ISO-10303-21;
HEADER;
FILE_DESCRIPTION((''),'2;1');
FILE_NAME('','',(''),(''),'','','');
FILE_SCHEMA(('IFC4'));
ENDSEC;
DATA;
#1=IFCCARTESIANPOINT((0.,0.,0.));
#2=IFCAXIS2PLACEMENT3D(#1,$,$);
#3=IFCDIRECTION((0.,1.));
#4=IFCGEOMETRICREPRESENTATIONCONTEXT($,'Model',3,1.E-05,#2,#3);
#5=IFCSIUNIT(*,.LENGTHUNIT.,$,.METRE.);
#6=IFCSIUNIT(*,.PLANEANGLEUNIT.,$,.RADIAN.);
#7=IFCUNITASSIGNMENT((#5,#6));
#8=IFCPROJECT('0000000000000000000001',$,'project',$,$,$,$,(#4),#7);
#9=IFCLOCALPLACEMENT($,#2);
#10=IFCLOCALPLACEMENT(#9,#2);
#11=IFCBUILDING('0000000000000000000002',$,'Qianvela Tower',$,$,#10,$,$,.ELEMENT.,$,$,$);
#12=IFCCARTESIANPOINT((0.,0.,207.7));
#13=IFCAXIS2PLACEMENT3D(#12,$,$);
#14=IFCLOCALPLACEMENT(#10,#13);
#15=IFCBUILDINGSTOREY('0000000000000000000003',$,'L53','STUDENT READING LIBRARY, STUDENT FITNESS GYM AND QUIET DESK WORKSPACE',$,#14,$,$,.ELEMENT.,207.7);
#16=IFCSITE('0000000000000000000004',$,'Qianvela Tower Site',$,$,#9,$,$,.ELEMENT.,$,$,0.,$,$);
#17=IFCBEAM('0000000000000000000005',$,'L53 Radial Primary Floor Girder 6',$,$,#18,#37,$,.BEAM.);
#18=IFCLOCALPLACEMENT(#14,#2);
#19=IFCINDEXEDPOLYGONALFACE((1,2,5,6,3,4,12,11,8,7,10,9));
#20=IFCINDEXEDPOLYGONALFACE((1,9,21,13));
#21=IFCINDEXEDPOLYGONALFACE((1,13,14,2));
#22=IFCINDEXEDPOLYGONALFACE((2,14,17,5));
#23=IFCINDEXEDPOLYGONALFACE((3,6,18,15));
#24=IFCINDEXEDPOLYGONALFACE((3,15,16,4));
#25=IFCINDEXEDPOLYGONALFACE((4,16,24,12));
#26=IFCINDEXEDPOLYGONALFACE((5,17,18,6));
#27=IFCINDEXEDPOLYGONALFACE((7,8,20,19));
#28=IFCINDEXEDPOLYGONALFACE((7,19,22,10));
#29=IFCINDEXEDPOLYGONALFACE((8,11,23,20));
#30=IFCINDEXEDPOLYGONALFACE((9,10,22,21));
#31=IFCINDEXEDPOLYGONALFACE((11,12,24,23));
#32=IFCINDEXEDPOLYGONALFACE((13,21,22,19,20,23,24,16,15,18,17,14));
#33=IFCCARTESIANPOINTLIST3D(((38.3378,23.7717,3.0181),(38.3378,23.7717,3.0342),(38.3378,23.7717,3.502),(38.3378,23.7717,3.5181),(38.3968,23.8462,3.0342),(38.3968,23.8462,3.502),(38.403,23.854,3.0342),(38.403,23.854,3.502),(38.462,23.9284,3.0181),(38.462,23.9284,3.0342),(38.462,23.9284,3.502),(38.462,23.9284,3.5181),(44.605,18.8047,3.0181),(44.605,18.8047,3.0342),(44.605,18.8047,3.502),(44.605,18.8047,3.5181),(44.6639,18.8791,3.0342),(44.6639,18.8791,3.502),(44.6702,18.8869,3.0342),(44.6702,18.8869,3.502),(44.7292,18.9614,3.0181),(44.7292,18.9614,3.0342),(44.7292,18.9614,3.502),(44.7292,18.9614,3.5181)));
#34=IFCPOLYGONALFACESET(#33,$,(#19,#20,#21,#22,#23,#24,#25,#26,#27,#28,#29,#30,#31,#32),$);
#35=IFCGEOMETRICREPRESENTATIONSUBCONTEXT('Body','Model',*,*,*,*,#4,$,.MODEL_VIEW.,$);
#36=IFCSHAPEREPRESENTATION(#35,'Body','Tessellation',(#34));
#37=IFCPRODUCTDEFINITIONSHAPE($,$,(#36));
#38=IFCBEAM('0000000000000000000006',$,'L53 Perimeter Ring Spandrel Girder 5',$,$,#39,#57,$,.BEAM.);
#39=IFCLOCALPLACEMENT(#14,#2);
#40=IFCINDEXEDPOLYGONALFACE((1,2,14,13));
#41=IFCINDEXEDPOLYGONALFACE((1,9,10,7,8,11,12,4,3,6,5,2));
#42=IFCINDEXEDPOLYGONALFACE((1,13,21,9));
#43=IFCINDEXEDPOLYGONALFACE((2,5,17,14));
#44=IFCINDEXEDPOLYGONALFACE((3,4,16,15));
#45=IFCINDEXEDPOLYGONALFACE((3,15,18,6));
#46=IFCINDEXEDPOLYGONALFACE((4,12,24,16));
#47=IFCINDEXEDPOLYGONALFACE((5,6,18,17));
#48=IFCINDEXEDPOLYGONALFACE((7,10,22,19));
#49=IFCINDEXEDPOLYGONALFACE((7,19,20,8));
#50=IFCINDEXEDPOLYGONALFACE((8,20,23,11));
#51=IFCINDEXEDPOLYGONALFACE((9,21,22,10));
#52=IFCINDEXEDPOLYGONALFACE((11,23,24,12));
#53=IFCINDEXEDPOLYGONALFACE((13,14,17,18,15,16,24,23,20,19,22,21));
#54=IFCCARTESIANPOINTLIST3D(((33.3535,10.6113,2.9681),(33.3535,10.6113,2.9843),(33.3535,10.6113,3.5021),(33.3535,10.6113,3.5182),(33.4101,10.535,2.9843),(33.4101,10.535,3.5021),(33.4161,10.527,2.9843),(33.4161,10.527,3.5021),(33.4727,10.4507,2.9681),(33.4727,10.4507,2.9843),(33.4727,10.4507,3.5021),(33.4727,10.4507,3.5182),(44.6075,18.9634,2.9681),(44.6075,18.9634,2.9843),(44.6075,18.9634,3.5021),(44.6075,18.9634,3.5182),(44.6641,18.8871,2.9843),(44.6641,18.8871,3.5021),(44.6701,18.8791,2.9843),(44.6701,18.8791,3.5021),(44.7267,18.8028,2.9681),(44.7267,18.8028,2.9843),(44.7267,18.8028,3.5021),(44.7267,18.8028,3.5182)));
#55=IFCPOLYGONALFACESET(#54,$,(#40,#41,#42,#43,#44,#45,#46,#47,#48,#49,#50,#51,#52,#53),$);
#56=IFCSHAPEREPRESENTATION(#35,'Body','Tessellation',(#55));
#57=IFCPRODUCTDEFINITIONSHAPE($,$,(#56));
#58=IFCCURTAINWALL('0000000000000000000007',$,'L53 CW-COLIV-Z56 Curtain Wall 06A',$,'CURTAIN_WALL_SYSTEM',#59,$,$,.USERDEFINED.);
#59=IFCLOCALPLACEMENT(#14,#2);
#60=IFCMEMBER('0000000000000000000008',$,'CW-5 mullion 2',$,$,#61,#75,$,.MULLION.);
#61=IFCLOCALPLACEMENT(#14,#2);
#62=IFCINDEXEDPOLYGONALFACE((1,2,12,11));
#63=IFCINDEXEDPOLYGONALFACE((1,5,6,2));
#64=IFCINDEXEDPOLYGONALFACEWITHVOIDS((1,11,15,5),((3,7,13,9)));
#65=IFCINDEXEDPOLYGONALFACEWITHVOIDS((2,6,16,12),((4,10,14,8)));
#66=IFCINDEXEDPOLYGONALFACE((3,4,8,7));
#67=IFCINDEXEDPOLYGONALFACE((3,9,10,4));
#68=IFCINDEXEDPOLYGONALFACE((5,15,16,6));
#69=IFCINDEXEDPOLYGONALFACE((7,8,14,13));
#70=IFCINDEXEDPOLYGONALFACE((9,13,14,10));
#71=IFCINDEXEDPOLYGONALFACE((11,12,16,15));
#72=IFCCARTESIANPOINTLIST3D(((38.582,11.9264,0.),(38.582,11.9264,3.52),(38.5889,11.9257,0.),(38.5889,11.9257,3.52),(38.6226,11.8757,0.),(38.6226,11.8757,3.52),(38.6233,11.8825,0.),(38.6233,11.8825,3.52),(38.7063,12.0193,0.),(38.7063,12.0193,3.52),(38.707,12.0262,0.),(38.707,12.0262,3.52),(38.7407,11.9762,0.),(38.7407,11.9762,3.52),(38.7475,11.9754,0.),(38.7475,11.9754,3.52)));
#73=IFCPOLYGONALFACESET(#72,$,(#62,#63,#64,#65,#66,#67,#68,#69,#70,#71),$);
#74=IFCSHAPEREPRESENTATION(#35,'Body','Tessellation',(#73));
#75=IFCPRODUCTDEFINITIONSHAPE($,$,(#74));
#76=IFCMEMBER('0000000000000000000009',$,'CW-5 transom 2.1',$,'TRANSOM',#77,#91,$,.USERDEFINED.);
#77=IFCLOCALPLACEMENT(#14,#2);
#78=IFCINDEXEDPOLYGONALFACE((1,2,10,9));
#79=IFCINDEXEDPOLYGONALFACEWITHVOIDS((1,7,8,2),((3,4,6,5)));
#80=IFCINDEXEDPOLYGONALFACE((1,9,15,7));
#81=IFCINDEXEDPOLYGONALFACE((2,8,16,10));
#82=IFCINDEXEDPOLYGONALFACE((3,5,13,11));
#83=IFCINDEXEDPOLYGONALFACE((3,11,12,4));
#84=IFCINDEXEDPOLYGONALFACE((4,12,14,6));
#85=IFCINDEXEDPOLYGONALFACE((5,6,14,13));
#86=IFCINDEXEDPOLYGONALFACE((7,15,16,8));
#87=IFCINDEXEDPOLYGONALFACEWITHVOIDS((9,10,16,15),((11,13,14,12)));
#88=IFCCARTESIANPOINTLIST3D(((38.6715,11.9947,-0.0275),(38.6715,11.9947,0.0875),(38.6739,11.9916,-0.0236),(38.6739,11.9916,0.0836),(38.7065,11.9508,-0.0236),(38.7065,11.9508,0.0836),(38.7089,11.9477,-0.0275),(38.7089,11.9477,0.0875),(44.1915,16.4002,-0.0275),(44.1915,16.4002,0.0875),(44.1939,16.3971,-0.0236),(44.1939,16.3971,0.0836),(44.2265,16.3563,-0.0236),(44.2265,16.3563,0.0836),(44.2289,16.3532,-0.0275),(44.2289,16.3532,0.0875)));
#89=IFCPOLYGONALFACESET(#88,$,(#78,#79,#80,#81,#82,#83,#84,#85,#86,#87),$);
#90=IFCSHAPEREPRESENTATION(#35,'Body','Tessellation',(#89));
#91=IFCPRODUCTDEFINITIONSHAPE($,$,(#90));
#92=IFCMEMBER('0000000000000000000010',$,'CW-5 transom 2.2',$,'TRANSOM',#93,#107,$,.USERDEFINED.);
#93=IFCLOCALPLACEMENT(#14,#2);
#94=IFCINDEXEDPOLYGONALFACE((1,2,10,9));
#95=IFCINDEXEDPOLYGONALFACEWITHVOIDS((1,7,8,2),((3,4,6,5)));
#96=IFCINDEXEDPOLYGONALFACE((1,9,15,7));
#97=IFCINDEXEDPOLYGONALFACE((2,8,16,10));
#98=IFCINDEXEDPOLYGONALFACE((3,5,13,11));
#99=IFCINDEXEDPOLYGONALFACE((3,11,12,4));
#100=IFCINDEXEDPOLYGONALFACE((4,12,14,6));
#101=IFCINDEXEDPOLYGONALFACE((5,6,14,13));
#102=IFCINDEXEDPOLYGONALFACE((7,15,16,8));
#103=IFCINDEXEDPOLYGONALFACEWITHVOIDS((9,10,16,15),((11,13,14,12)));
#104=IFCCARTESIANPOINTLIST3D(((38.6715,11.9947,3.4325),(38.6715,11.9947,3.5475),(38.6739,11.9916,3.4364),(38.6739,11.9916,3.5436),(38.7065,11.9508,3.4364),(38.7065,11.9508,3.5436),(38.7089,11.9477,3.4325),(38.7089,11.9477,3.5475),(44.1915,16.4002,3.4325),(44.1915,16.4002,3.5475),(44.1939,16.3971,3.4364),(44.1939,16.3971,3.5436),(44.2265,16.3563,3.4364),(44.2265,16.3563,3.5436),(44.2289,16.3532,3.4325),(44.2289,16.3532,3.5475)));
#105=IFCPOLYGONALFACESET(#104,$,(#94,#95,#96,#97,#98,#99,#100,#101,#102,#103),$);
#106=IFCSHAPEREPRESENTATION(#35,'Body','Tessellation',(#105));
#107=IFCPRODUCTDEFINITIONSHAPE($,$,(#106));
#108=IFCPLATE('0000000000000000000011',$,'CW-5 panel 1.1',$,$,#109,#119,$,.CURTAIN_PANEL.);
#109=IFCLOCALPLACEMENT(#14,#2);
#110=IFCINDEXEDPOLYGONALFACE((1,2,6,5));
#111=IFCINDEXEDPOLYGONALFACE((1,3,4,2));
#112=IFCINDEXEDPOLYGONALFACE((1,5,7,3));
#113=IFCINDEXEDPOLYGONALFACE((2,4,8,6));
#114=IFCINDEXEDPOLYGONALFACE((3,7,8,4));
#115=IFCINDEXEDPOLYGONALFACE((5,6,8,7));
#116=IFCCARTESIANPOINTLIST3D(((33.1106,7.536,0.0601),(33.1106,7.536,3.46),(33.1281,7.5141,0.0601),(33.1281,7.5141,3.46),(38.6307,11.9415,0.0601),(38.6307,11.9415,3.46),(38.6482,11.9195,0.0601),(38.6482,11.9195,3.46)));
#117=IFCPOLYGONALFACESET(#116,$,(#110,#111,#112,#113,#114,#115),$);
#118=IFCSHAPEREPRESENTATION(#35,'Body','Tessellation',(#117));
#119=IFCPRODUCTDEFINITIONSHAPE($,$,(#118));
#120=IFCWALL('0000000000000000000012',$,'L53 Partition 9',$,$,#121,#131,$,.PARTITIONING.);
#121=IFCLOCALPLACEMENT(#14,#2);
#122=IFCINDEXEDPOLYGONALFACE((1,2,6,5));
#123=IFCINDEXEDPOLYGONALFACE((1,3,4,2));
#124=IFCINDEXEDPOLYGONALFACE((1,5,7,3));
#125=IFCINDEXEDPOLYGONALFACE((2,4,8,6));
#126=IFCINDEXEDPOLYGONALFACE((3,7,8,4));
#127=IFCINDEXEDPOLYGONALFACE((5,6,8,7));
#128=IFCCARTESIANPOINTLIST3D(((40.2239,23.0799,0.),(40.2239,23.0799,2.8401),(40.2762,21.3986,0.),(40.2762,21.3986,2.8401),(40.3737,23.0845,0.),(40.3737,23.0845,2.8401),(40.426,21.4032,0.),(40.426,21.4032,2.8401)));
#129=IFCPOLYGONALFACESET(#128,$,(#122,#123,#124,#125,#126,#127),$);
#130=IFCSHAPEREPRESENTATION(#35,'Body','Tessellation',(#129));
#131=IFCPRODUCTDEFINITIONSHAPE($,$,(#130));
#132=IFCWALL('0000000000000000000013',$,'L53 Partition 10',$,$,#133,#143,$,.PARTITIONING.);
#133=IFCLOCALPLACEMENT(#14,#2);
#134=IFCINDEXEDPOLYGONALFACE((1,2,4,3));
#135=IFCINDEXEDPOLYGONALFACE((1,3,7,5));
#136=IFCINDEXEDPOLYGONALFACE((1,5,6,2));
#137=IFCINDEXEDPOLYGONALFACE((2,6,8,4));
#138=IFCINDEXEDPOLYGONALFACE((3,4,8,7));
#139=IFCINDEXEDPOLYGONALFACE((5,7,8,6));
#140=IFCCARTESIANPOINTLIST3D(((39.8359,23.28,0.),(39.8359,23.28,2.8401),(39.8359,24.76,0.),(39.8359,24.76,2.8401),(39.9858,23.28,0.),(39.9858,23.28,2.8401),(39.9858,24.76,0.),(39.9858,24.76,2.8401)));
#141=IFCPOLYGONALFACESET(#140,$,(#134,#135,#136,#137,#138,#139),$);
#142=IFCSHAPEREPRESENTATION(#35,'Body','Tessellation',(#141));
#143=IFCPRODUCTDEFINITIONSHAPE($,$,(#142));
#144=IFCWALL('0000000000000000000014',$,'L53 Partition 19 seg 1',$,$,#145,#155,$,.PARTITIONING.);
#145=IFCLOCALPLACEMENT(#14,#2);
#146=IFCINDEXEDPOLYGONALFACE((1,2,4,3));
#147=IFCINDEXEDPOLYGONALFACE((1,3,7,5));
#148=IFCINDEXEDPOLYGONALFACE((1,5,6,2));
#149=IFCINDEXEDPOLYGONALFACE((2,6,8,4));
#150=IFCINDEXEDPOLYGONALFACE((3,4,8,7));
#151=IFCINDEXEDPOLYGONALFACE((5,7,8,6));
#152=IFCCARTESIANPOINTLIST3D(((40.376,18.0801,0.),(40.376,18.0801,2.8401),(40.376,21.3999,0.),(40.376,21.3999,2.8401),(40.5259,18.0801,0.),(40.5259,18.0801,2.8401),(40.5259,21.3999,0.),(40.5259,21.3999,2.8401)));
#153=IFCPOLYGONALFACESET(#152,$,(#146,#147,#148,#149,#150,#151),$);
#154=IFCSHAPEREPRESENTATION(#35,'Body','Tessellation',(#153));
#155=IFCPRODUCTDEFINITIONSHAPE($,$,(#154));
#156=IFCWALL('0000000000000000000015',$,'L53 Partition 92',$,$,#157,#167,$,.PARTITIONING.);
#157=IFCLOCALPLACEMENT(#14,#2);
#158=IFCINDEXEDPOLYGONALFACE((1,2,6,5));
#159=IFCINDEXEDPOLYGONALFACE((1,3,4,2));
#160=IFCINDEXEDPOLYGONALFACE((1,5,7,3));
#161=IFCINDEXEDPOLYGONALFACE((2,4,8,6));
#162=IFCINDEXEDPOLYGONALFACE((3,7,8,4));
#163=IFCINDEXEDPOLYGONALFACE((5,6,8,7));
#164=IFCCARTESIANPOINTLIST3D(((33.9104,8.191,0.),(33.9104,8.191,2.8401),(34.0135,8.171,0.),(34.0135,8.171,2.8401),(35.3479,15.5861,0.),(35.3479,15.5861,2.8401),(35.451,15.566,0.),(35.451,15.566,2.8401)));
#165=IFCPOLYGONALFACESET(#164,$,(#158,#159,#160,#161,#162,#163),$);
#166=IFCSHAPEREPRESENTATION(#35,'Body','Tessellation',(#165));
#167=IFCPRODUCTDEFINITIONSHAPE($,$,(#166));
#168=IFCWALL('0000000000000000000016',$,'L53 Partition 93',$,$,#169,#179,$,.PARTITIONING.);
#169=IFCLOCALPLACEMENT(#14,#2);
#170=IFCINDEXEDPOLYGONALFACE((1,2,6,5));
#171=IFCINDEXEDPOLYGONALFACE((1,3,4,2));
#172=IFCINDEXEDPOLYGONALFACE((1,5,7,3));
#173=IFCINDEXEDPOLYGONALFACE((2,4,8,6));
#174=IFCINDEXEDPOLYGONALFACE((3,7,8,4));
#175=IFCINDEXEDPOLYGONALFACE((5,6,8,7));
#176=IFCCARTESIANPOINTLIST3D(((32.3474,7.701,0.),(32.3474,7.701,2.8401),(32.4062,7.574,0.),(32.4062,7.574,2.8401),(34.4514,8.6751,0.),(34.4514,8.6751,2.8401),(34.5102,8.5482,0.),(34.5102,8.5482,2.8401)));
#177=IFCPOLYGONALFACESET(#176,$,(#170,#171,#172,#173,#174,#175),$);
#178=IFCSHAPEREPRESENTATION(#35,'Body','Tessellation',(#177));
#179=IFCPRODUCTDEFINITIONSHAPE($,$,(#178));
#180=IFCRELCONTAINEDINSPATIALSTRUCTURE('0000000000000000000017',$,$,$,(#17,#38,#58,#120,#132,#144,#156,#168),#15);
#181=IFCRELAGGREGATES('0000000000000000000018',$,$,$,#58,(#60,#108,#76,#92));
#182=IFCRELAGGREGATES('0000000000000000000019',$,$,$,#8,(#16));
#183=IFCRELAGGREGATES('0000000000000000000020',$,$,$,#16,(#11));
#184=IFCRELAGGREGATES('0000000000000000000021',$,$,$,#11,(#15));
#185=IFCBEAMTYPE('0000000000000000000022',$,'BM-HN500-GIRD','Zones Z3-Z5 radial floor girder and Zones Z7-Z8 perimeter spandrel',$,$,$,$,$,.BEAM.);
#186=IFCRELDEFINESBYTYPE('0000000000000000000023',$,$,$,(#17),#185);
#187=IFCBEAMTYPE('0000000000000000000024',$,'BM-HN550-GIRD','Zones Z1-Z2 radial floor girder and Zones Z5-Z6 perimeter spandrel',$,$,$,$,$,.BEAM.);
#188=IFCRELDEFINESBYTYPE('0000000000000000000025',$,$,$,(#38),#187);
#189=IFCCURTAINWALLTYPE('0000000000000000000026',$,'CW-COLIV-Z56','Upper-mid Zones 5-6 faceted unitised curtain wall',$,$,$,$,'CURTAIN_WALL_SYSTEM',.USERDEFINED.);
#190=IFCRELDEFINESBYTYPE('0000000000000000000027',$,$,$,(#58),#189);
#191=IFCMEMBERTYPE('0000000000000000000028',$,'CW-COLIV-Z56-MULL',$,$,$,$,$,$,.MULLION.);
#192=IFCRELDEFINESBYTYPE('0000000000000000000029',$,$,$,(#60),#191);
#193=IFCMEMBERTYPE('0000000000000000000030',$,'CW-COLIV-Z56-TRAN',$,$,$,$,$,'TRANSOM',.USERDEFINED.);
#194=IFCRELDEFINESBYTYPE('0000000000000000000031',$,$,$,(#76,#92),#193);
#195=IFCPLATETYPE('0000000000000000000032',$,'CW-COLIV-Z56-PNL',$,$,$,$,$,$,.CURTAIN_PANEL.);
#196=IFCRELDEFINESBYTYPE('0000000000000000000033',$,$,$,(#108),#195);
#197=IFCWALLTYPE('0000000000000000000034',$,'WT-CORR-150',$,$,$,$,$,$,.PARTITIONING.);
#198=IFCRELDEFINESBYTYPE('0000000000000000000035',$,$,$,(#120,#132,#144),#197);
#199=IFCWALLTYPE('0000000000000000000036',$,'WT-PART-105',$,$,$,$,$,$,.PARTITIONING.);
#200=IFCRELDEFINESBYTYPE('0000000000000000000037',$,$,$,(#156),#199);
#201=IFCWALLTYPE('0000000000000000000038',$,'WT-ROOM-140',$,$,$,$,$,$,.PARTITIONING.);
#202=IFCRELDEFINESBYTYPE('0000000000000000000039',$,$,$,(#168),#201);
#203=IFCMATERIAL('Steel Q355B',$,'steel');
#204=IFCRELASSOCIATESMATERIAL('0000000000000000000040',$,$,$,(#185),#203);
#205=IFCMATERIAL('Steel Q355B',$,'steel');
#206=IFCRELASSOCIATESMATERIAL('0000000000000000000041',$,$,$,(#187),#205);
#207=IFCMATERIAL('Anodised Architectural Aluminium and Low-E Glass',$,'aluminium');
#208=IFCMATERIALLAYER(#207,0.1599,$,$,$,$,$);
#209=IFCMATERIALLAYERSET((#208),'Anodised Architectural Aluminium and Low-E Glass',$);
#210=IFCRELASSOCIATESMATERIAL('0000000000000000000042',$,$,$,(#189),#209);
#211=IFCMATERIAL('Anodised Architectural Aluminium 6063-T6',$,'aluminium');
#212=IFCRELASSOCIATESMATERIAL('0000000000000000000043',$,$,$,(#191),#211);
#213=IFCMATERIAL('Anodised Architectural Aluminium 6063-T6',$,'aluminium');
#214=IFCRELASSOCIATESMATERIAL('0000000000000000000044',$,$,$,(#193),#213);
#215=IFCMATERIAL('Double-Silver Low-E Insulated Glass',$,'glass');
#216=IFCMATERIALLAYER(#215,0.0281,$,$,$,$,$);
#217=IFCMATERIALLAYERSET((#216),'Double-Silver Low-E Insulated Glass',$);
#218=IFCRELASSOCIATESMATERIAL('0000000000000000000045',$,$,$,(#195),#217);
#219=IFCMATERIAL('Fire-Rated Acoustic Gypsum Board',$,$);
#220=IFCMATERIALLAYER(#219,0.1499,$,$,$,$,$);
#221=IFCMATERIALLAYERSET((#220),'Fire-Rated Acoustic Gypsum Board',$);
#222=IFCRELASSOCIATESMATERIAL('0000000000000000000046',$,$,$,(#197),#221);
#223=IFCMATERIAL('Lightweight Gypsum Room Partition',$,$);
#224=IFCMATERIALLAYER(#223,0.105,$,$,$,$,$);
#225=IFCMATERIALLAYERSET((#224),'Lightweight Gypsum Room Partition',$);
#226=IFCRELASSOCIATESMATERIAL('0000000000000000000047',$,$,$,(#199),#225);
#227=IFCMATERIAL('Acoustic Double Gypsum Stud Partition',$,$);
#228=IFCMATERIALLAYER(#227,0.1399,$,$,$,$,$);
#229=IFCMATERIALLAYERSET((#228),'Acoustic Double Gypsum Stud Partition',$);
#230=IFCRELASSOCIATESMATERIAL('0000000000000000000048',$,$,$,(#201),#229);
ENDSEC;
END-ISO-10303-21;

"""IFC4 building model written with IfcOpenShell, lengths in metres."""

from ifc_helpers import new_model, si_unit, direction, frame, frame_2d, origin, origin_2d, place, context, subcontext, project, spatial, rectangle, hollow_rectangle, i_section, extrude, material, layer, layer_set, material_profile, profile_set, type_object, element, aggregate, save


model = new_model("IFC4")

# Units and contexts
model_context = context("Model", 3, precision=1e-05, world=origin(), true_north=direction((0.0, 1.0)))
body_context = subcontext(model_context, "Body", "Model", "MODEL_VIEW")
ifc_project = project(units=[si_unit("LENGTHUNIT", "METRE"), si_unit("PLANEANGLEUNIT", "RADIAN")], contexts=[model_context])

# Site, building, storey
site_placement = place(None, origin())
site = spatial("IfcSite", under=ifc_project, at=site_placement, Name="Qianvela Tower Site", CompositionType="ELEMENT", RefElevation=0.0)
building_placement = place(site_placement, origin())
building = spatial("IfcBuilding", under=site, at=building_placement, Name="Qianvela Tower", CompositionType="ELEMENT")
storey_placement = place(building_placement, frame((0.0, 0.0, 207.7)))
storey = spatial("IfcBuildingStorey", under=building, at=storey_placement, Name="L53", Description="STUDENT READING LIBRARY, STUDENT FITNESS GYM AND QUIET DESK WORKSPACE", CompositionType="ELEMENT", Elevation=207.7)

# Beams
ifc_material_1 = material(Name="Steel Q355B", Category="steel")
ifc_material_profile_1 = material_profile(ifc_material_1, i_section(OverallWidth=0.2, OverallDepth=0.5, WebThickness=0.01, FlangeThickness=0.0161, at=origin_2d()), Name="HN500x200x10x16")
ifc_profile_set_1 = profile_set([ifc_material_profile_1], Name="Steel Q355B")
beam_type_1 = type_object("IfcBeamType", Name="BM-HN500-GIRD", Description="Zones Z3-Z5 radial floor girder and Zones Z7-Z8 perimeter spandrel", PredefinedType="BEAM", material=ifc_profile_set_1)
beam_1_placement = place(storey_placement, frame((38.3999, 23.8501, 3.2681), z_axis=(0.783705, -0.621133, 0.0), x_axis=(0.621133, 0.783705, 0.0)))
element("IfcBeam", 1, at=beam_1_placement, inside=storey, type_object=beam_type_1, Name="L53 Radial Primary Floor Girder 6", PredefinedType="BEAM", context=body_context, shape_type="SweptSolid", body=[
    extrude(i_section(OverallWidth=0.2, OverallDepth=0.5, WebThickness=0.01, FlangeThickness=0.0161, at=origin_2d()), origin(), (0.0, 0.0, 1.0), 7.9968),
])
ifc_material_2 = material(Name="Steel Q355B", Category="steel")
ifc_material_profile_2 = material_profile(ifc_material_2, i_section(OverallWidth=0.2, OverallDepth=0.55, WebThickness=0.01, FlangeThickness=0.0161, at=origin_2d()), Name="HN550x200x10x16")
ifc_profile_set_2 = profile_set([ifc_material_profile_2], Name="Steel Q355B")
beam_type_2 = type_object("IfcBeamType", Name="BM-HN550-GIRD", Description="Zones Z1-Z2 radial floor girder and Zones Z5-Z6 perimeter spandrel", PredefinedType="BEAM", material=ifc_profile_set_2)
beam_2_placement = place(storey_placement, frame((33.4131, 10.531, 3.2432), z_axis=(0.803017, 0.595956, 0.0), x_axis=(-0.595956, 0.803017, 0.0)))
element("IfcBeam", 2, at=beam_2_placement, inside=storey, type_object=beam_type_2, Name="L53 Perimeter Ring Spandrel Girder 5", PredefinedType="BEAM", context=body_context, shape_type="SweptSolid", body=[
    extrude(i_section(OverallWidth=0.2, OverallDepth=0.55, WebThickness=0.01, FlangeThickness=0.0161, at=origin_2d()), origin(), (0.0, 0.0, 1.0), 14.0146),
])

# Curtain wall, members, plate
ifc_material_3 = material(Name="Anodised Architectural Aluminium and Low-E Glass", Category="aluminium")
ifc_layer_1 = layer(ifc_material_3, 0.1599)
ifc_layer_set_1 = layer_set([ifc_layer_1], Name="Anodised Architectural Aluminium and Low-E Glass")
curtain_wall_type = type_object("IfcCurtainWallType", Name="CW-COLIV-Z56", Description="Upper-mid Zones 5-6 faceted unitised curtain wall", ElementType="CURTAIN_WALL_SYSTEM", PredefinedType="USERDEFINED", material=ifc_layer_set_1)
curtain_wall_placement = place(storey_placement, origin())
curtain_wall = element("IfcCurtainWall", 3, at=curtain_wall_placement, inside=storey, type_object=curtain_wall_type, Name="L53 CW-COLIV-Z56 Curtain Wall 06A", ObjectType="CURTAIN_WALL_SYSTEM", PredefinedType="USERDEFINED")
ifc_material_4 = material(Name="Anodised Architectural Aluminium 6063-T6", Category="aluminium")
ifc_material_profile_3 = material_profile(ifc_material_4, hollow_rectangle(XDim=0.0649, YDim=0.1599, WallThickness=0.0049, at=origin_2d()), Name="ALU-MULL-65x160")
ifc_profile_set_3 = profile_set([ifc_material_profile_3], Name="Anodised Architectural Aluminium 6063-T6")
member_type_1 = type_object("IfcMemberType", Name="CW-COLIV-Z56-MULL", PredefinedType="MULLION", material=ifc_profile_set_3)
member_1_placement = place(storey_placement, frame((38.6648, 11.9509, 0.0), z_axis=(0.0, 0.0, 1.0), x_axis=(-0.623783, 0.781597, 0.0)))
member_1 = element("IfcMember", 4, at=member_1_placement, type_object=member_type_1, Name="CW-5 mullion 2", PredefinedType="MULLION", context=body_context, shape_type="SweptSolid", body=[
    extrude(hollow_rectangle(XDim=0.0649, YDim=0.1599, WallThickness=0.0049, at=origin_2d()), origin(), (0.0, 0.0, 1.0), 3.52),
])
ifc_material_5 = material(Name="Anodised Architectural Aluminium 6063-T6", Category="aluminium")
ifc_material_profile_4 = material_profile(ifc_material_5, hollow_rectangle(XDim=0.0601, YDim=0.115, WallThickness=0.0039, at=origin_2d()), Name="ALU-TRAN-60x115")
ifc_profile_set_4 = profile_set([ifc_material_profile_4], Name="Anodised Architectural Aluminium 6063-T6")
member_type_2 = type_object("IfcMemberType", Name="CW-COLIV-Z56-TRAN", ElementType="TRANSOM", PredefinedType="USERDEFINED", material=ifc_profile_set_4)
member_2_placement = place(storey_placement, frame((38.6902, 11.9712, 0.03), z_axis=(0.781593, 0.623788, 0.0), x_axis=(-0.623788, 0.781593, 0.0)))
member_2 = element("IfcMember", 5, at=member_2_placement, type_object=member_type_2, Name="CW-5 transom 2.1", ObjectType="TRANSOM", PredefinedType="USERDEFINED", context=body_context, shape_type="SweptSolid", body=[
    extrude(hollow_rectangle(XDim=0.0601, YDim=0.115, WallThickness=0.0039, at=origin_2d()), origin(), (0.0, 0.0, 1.0), 7.0625),
])
member_3_placement = place(storey_placement, frame((38.6902, 11.9712, 3.49), z_axis=(0.781593, 0.623788, 0.0), x_axis=(-0.623788, 0.781593, 0.0)))
member_3 = element("IfcMember", 6, at=member_3_placement, type_object=member_type_2, Name="CW-5 transom 2.2", ObjectType="TRANSOM", PredefinedType="USERDEFINED", context=body_context, shape_type="SweptSolid", body=[
    extrude(hollow_rectangle(XDim=0.0601, YDim=0.115, WallThickness=0.0039, at=origin_2d()), origin(), (0.0, 0.0, 1.0), 7.0625),
])
ifc_material_6 = material(Name="Double-Silver Low-E Insulated Glass", Category="glass")
ifc_layer_2 = layer(ifc_material_6, 0.0281)
ifc_layer_set_2 = layer_set([ifc_layer_2], Name="Double-Silver Low-E Insulated Glass")
plate_type = type_object("IfcPlateType", Name="CW-COLIV-Z56-PNL", PredefinedType="CURTAIN_PANEL", material=ifc_layer_set_2)
plate_placement = place(storey_placement, frame((35.8794, 9.7278, 0.0601), z_axis=(0.0, 0.0, 1.0), x_axis=(0.781597, 0.623783, 0.0)))
plate = element("IfcPlate", 7, at=plate_placement, type_object=plate_type, Name="CW-5 panel 1.1", PredefinedType="CURTAIN_PANEL", context=body_context, shape_type="SweptSolid", body=[
    extrude(rectangle(XDim=7.0625, YDim=0.0281, at=origin_2d()), origin(), (0.0, 0.0, 1.0), 3.3999),
])
aggregate(curtain_wall, [member_1, plate, member_2, member_3])

# Shared definitions
ifc_material_7 = material(Name="Fire-Rated Acoustic Gypsum Board")
ifc_layer_3 = layer(ifc_material_7, 0.1499)
ifc_layer_set_3 = layer_set([ifc_layer_3], Name="Fire-Rated Acoustic Gypsum Board")
wall_type_1 = type_object("IfcWallType", Name="WT-CORR-150", PredefinedType="PARTITIONING", material=ifc_layer_set_3)

# Walls
wall_1_placement = place(storey_placement, frame((40.3511, 21.4009, 0.0), z_axis=(0.0, 0.0, 1.0), x_axis=(-0.031058, 0.999518, 0.0)))
element("IfcWall", 8, at=wall_1_placement, inside=storey, type_object=wall_type_1, Name="L53 Partition 9", PredefinedType="PARTITIONING", context=body_context, shape_type="SweptSolid", body=[
    extrude(rectangle(XDim=1.6821, YDim=0.1499, at=frame_2d((0.8411, 0.0))), origin(), (0.0, 0.0, 1.0), 2.8401),
])
wall_2_placement = place(storey_placement, frame((39.9109, 23.28, 0.0), z_axis=(0.0, 0.0, 1.0), x_axis=(0.0, 1.0, 0.0)))
element("IfcWall", 9, at=wall_2_placement, inside=storey, type_object=wall_type_1, Name="L53 Partition 10", PredefinedType="PARTITIONING", context=body_context, shape_type="SweptSolid", body=[
    extrude(rectangle(XDim=1.48, YDim=0.1499, at=frame_2d((0.74, 0.0))), origin(), (0.0, 0.0, 1.0), 2.8401),
])
wall_3_placement = place(storey_placement, frame((40.4509, 18.0801, 0.0), z_axis=(0.0, 0.0, 1.0), x_axis=(0.0, 1.0, 0.0)))
element("IfcWall", 10, at=wall_3_placement, inside=storey, type_object=wall_type_1, Name="L53 Partition 19 seg 1", PredefinedType="PARTITIONING", context=body_context, shape_type="SweptSolid", body=[
    extrude(rectangle(XDim=3.3198, YDim=0.1499, at=frame_2d((1.6599, 0.0))), origin(), (0.0, 0.0, 1.0), 2.8401),
])
ifc_material_8 = material(Name="Lightweight Gypsum Room Partition")
ifc_layer_4 = layer(ifc_material_8, 0.105)
ifc_layer_set_4 = layer_set([ifc_layer_4], Name="Lightweight Gypsum Room Partition")
wall_type_2 = type_object("IfcWallType", Name="WT-PART-105", PredefinedType="PARTITIONING", material=ifc_layer_set_4)
wall_4_placement = place(storey_placement, frame((35.3994, 15.5759, 0.0), z_axis=(0.0, 0.0, 1.0), x_axis=(-0.190816, -0.981626, 0.0)))
element("IfcWall", 11, at=wall_4_placement, inside=storey, type_object=wall_type_2, Name="L53 Partition 92", PredefinedType="PARTITIONING", context=body_context, shape_type="SweptSolid", body=[
    extrude(rectangle(XDim=7.5334, YDim=0.105, at=frame_2d((3.7666, 0.0))), origin(), (0.0, 0.0, 1.0), 2.8401),
])
ifc_material_9 = material(Name="Acoustic Double Gypsum Stud Partition")
ifc_layer_5 = layer(ifc_material_9, 0.1399)
ifc_layer_set_5 = layer_set([ifc_layer_5], Name="Acoustic Double Gypsum Stud Partition")
wall_type_3 = type_object("IfcWallType", Name="WT-ROOM-140", PredefinedType="PARTITIONING", material=ifc_layer_set_5)
wall_5_placement = place(storey_placement, frame((34.4807, 8.6116, 0.0), z_axis=(0.0, 0.0, 1.0), x_axis=(-0.907459, -0.42014, 0.0)))
element("IfcWall", 12, at=wall_5_placement, inside=storey, type_object=wall_type_3, Name="L53 Partition 93", PredefinedType="PARTITIONING", context=body_context, shape_type="SweptSolid", body=[
    extrude(rectangle(XDim=2.3186, YDim=0.1399, at=frame_2d((1.1592, 0.0))), origin(), (0.0, 0.0, 1.0), 2.8401),
])

save(model, "model.ifc")
